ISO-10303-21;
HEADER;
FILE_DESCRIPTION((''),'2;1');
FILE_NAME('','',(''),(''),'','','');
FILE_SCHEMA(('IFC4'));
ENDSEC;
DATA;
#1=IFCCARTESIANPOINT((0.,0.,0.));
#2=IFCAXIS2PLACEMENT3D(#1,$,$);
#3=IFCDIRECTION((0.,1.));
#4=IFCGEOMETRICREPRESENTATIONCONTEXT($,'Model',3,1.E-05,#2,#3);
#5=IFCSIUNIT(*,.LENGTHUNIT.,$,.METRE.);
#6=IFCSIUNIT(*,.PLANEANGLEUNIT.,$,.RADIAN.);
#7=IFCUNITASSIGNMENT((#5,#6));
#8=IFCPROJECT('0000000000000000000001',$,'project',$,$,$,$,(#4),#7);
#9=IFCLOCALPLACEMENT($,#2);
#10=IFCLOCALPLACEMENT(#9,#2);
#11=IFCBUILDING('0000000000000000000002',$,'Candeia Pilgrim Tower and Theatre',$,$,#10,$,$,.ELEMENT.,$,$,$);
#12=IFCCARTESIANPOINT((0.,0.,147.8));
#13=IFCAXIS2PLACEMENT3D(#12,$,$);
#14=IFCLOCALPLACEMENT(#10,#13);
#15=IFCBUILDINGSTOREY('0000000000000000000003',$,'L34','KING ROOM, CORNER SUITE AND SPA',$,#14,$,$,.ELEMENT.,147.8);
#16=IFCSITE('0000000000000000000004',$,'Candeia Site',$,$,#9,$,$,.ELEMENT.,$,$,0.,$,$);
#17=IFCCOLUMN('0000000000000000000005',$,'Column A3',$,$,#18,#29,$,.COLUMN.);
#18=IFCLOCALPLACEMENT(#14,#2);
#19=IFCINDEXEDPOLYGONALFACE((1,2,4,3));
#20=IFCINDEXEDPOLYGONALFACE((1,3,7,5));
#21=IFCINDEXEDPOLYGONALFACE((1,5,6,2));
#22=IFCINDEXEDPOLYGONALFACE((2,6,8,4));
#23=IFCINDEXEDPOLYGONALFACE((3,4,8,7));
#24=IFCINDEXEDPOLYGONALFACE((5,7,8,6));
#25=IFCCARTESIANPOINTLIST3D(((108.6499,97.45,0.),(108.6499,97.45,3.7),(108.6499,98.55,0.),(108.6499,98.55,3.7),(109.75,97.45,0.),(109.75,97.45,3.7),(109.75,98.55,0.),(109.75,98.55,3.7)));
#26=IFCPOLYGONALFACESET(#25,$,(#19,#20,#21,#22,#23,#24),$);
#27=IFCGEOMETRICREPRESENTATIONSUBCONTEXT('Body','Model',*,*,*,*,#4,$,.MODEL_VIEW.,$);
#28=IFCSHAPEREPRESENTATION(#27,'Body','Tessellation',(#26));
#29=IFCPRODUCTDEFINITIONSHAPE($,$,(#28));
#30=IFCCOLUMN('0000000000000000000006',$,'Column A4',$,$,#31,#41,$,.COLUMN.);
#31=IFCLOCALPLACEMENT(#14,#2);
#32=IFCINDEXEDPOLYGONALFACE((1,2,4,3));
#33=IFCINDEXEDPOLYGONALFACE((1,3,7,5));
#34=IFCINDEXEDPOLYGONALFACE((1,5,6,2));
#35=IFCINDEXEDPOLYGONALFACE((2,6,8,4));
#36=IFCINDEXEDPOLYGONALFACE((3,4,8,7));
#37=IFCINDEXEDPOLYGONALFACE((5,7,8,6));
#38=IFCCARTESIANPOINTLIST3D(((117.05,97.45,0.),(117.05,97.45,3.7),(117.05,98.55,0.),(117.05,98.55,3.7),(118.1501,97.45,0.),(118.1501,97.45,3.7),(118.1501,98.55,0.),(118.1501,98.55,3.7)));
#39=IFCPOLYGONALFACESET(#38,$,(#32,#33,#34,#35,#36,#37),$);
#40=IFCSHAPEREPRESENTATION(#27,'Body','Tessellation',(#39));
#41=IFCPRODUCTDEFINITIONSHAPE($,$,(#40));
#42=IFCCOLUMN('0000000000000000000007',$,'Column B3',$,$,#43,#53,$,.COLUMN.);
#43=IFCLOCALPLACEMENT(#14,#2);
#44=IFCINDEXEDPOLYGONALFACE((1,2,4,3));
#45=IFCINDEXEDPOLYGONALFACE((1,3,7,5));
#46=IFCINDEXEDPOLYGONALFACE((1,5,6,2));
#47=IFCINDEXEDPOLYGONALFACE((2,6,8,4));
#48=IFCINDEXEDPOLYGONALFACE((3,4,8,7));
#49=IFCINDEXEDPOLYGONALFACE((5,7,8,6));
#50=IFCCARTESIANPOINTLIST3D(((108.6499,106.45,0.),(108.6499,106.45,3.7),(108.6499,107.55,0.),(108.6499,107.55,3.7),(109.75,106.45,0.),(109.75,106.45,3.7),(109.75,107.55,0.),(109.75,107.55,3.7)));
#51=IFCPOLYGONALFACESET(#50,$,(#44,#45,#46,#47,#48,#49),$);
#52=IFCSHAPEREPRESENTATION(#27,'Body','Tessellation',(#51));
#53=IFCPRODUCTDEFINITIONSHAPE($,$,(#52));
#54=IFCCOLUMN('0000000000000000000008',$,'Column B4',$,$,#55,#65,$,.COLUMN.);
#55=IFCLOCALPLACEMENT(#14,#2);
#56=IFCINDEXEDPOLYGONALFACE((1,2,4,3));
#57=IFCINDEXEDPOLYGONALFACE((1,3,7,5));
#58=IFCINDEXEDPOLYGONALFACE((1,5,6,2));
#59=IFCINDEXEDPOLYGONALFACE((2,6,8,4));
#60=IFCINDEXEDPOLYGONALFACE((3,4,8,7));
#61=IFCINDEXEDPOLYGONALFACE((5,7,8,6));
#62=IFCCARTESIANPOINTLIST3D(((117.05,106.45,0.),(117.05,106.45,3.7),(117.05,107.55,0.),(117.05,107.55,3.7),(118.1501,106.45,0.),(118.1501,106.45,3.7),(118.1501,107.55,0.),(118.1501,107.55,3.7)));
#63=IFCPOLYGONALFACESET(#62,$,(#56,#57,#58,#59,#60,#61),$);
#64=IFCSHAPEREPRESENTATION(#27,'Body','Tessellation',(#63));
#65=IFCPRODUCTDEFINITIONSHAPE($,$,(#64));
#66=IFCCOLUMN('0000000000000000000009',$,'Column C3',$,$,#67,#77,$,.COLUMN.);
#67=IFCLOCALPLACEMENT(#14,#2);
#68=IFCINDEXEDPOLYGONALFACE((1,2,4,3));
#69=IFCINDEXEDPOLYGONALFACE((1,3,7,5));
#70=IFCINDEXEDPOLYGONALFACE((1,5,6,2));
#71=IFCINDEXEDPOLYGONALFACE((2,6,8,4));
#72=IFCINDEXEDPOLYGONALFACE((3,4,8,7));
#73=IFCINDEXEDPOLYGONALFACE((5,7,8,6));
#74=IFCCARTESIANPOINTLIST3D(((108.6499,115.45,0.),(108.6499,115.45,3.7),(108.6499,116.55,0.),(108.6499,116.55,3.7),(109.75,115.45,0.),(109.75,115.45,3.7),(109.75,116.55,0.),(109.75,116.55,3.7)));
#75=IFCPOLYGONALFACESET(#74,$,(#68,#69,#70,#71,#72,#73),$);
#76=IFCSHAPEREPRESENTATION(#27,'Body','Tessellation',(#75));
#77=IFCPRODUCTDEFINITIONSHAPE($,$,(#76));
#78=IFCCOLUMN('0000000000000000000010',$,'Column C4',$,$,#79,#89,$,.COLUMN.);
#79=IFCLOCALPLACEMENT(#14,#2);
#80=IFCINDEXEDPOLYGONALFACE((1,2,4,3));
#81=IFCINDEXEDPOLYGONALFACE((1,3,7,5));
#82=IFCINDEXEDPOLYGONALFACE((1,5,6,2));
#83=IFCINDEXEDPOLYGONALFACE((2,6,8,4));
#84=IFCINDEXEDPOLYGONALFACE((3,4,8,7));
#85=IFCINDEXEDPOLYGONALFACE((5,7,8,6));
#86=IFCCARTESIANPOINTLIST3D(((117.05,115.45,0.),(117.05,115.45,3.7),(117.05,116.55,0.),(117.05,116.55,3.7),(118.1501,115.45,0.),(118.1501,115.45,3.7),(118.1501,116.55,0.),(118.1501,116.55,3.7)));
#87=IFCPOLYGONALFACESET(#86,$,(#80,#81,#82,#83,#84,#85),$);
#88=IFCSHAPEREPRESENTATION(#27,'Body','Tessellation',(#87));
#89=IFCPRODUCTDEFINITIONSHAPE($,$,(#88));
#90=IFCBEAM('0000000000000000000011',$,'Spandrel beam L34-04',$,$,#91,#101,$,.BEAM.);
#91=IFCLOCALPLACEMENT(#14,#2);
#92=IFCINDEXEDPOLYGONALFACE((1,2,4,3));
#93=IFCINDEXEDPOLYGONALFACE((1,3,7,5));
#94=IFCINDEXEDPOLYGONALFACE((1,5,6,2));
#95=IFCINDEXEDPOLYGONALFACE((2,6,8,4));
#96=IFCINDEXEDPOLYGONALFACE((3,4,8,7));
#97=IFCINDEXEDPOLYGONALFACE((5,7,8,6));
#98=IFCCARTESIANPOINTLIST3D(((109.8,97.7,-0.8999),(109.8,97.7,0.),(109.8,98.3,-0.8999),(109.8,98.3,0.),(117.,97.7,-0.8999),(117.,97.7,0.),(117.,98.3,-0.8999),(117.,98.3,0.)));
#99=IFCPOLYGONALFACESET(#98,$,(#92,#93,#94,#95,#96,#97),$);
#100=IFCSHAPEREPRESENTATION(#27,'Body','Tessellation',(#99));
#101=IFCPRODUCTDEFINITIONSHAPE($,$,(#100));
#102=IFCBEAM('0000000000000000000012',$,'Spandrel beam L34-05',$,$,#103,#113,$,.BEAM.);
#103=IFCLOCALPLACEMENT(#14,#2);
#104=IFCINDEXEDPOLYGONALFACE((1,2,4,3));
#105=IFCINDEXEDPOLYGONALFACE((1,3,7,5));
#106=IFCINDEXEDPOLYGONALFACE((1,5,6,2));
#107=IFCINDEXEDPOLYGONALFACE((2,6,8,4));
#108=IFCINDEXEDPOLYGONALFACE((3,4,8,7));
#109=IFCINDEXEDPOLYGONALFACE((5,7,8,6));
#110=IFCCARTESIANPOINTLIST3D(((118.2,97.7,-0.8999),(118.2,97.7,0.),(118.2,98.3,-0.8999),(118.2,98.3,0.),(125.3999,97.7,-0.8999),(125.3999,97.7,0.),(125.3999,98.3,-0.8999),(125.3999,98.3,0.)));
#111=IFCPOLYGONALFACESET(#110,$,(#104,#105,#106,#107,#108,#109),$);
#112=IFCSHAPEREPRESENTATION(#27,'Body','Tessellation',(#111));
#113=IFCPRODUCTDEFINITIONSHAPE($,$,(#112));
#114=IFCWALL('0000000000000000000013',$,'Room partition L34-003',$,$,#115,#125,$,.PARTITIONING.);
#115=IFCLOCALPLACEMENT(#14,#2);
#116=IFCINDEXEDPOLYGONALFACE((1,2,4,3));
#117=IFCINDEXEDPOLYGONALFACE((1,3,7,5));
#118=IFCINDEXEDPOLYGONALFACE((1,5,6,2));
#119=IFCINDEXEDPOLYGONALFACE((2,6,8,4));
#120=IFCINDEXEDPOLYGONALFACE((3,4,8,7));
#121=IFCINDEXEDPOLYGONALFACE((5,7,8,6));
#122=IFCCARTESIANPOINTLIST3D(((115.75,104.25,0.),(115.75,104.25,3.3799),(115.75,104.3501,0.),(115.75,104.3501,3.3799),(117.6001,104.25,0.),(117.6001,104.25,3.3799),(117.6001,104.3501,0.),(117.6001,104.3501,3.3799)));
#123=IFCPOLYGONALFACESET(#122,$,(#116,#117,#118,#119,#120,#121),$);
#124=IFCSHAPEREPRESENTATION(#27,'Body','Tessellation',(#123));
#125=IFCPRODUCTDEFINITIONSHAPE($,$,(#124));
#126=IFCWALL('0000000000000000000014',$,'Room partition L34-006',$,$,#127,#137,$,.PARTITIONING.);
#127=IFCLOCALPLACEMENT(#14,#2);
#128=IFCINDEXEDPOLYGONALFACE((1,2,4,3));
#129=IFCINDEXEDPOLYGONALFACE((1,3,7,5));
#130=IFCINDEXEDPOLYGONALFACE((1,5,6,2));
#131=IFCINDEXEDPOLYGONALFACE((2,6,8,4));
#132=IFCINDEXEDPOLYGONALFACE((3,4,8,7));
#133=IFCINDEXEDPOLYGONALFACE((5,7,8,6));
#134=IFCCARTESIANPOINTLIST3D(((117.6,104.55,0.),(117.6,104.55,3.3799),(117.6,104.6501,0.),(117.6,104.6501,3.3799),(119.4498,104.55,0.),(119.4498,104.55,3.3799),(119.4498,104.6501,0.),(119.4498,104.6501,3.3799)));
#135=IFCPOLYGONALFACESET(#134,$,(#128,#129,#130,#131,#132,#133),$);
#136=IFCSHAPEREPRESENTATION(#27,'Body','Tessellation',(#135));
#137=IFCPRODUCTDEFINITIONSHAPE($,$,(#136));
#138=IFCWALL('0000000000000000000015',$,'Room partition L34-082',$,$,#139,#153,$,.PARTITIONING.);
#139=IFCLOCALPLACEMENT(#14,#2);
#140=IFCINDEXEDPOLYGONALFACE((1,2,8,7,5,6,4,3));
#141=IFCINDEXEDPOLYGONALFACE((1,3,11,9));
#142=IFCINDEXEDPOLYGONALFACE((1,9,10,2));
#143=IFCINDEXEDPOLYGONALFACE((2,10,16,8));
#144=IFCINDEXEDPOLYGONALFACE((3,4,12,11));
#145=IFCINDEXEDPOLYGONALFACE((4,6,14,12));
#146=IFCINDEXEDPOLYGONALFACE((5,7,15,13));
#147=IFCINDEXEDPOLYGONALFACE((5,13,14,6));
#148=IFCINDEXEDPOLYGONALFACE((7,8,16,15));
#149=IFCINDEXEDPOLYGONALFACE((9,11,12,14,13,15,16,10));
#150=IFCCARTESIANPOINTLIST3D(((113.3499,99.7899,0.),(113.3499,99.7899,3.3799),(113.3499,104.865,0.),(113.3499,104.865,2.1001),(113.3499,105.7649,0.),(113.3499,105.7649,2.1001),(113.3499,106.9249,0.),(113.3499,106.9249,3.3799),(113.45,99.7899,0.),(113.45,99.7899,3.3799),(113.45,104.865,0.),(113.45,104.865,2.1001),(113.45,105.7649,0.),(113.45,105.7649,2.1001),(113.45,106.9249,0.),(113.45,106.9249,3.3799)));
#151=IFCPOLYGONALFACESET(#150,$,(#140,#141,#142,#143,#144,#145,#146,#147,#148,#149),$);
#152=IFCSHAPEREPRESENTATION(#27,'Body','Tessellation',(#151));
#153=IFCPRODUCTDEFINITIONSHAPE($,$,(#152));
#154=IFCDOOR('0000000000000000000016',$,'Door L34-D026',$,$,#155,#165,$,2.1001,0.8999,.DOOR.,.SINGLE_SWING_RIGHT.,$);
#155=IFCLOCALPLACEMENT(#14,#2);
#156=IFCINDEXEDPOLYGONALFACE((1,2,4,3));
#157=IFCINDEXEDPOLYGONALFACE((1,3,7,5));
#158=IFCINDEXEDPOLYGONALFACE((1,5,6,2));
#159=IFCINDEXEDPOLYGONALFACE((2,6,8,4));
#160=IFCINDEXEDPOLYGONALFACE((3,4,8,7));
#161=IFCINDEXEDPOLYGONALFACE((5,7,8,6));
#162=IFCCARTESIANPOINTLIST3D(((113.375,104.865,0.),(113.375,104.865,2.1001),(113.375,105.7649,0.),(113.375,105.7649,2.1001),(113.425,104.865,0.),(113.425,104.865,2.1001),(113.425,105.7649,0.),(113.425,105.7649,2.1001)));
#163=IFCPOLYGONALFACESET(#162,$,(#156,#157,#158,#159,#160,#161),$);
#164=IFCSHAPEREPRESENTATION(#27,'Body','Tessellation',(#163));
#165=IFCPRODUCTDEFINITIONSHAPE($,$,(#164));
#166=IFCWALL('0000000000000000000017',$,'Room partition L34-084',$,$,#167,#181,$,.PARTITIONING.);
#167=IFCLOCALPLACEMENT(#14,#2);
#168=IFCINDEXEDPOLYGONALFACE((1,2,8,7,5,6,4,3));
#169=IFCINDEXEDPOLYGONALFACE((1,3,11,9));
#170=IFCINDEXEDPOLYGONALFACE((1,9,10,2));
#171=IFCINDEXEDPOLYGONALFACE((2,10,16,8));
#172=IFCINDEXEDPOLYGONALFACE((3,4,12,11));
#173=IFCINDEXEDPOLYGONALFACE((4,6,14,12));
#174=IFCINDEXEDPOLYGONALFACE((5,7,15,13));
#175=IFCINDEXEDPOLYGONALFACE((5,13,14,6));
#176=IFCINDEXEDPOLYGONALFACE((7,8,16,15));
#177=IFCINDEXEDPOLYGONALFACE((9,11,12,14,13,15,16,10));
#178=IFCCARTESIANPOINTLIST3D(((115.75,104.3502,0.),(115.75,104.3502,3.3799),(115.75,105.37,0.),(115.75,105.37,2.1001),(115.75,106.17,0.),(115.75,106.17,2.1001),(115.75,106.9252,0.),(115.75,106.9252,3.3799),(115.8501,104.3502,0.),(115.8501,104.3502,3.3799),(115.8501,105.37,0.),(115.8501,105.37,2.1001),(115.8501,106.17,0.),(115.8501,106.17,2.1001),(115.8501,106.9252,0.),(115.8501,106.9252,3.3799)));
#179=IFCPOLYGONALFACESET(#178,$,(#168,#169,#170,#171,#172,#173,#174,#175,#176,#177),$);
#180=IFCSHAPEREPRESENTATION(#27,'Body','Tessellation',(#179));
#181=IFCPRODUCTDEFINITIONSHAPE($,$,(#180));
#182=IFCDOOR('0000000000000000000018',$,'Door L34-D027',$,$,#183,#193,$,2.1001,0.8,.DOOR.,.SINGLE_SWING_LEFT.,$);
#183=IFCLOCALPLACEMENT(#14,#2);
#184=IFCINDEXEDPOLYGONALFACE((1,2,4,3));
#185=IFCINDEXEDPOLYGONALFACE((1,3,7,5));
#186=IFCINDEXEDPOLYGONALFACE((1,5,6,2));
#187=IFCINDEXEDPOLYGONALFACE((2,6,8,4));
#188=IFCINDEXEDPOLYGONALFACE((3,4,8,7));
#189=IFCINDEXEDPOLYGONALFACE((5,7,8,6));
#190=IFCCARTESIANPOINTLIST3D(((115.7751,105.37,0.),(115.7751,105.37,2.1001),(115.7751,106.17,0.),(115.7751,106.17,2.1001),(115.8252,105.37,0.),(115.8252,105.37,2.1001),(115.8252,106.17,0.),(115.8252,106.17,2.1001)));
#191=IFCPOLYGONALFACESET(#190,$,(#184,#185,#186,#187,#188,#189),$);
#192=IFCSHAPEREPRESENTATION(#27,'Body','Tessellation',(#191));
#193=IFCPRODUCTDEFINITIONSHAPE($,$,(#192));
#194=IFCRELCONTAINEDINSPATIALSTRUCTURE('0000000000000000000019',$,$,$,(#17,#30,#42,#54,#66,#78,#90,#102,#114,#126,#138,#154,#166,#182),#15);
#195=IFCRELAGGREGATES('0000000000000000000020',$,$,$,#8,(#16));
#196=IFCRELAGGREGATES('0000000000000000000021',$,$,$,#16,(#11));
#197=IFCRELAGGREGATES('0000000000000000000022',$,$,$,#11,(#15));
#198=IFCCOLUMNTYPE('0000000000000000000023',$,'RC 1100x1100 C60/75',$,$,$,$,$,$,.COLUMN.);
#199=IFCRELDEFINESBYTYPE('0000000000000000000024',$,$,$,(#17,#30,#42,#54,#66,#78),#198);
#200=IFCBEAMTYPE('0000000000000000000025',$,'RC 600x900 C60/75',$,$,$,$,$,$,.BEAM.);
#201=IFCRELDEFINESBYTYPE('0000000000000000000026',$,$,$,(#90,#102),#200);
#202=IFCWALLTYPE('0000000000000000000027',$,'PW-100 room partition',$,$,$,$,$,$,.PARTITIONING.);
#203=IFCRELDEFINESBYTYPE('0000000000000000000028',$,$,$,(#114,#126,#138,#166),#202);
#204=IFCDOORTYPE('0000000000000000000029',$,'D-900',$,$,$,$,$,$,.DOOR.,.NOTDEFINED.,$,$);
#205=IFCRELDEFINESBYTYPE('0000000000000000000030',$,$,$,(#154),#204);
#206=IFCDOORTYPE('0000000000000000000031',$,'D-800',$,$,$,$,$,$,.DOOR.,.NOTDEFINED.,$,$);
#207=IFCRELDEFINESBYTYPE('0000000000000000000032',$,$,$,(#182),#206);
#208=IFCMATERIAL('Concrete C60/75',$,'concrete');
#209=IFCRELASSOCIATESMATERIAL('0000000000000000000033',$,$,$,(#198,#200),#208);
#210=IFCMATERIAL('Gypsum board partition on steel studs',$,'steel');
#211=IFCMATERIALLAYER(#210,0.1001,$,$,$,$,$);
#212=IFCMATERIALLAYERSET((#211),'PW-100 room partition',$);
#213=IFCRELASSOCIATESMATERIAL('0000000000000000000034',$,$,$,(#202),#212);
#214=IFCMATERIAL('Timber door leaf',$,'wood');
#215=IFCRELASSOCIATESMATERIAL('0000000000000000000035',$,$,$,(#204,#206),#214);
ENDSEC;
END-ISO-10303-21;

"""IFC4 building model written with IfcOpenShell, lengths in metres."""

from ifc_helpers import new_model, si_unit, direction, frame, frame_2d, origin, origin_2d, place, context, subcontext, project, spatial, rectangle, extrude, material, layer, layer_set, material_profile, profile_set, type_object, element, fill, save


model = new_model("IFC4")

# Units and contexts
model_context = context("Model", 3, precision=1e-05, world=origin(), true_north=direction((0.0, 1.0)))
body_context = subcontext(model_context, "Body", "Model", "MODEL_VIEW")
ifc_project = project(units=[si_unit("LENGTHUNIT", "METRE"), si_unit("PLANEANGLEUNIT", "RADIAN")], contexts=[model_context])

# Site, building, storey
site_placement = place(None, origin())
site = spatial("IfcSite", under=ifc_project, at=site_placement, Name="Candeia Site", CompositionType="ELEMENT", RefElevation=0.0)
building_placement = place(site_placement, origin())
building = spatial("IfcBuilding", under=site, at=building_placement, Name="Candeia Pilgrim Tower and Theatre", CompositionType="ELEMENT")
storey_placement = place(building_placement, frame((0.0, 0.0, 147.8)))
storey = spatial("IfcBuildingStorey", under=building, at=storey_placement, Name="L34", Description="KING ROOM, CORNER SUITE AND SPA", CompositionType="ELEMENT", Elevation=147.8)

# Columns
ifc_material_1 = material(Name="Concrete C60/75", Category="concrete")
ifc_material_profile_1 = material_profile(ifc_material_1, rectangle(XDim=1.1001, YDim=1.1001, at=origin_2d()))
ifc_profile_set_1 = profile_set([ifc_material_profile_1], Name="Concrete C60/75")
column_type = type_object("IfcColumnType", Name="RC 1100x1100 C60/75", PredefinedType="COLUMN", material=ifc_profile_set_1)
for number, where, z_axis, x_axis, name in (
    (1, (109.2, 98.0, 0.0), (0.0, 0.0, 1.0), (1.0, 0.0, 0.0), "Column A3"),
    (2, (117.6001, 98.0, 0.0), (0.0, 0.0, 1.0), (1.0, 0.0, 0.0), "Column A4"),
    (3, (109.2, 107.0, 0.0), (0.0, 0.0, 1.0), (1.0, 0.0, 0.0), "Column B3"),
    (4, (117.6001, 107.0, 0.0), (0.0, 0.0, 1.0), (1.0, 0.0, 0.0), "Column B4"),
    (5, (109.2, 116.0, 0.0), (0.0, 0.0, 1.0), (1.0, 0.0, 0.0), "Column C3"),
    (6, (117.6001, 116.0, 0.0), (0.0, 0.0, 1.0), (1.0, 0.0, 0.0), "Column C4"),
):
    element("IfcColumn", number, at=place(storey_placement, frame(where, z_axis=z_axis, x_axis=x_axis)), inside=storey, type_object=column_type, Name=name, PredefinedType="COLUMN", context=body_context, shape_type="SweptSolid", body=[
        extrude(rectangle(XDim=1.1001, YDim=1.1001, at=origin_2d()), origin(), (0.0, 0.0, 1.0), 3.7),
    ])

# Beams
ifc_material_profile_2 = material_profile(ifc_material_1, rectangle(XDim=0.6001, YDim=0.8999, at=origin_2d()))
ifc_profile_set_2 = profile_set([ifc_material_profile_2], Name="Concrete C60/75")
beam_type = type_object("IfcBeamType", Name="RC 600x900 C60/75", PredefinedType="BEAM", material=ifc_profile_set_2)
for number, where, z_axis, x_axis, name in (
    (7, (109.8, 98.0, -0.45), (1.0, 0.0, 0.0), (0.0, 1.0, 0.0), "Spandrel beam L34-04"),
    (8, (118.2, 98.0, -0.45), (1.0, 0.0, 0.0), (0.0, 1.0, 0.0), "Spandrel beam L34-05"),
):
    element("IfcBeam", number, at=place(storey_placement, frame(where, z_axis=z_axis, x_axis=x_axis)), inside=storey, type_object=beam_type, Name=name, PredefinedType="BEAM", context=body_context, shape_type="SweptSolid", body=[
        extrude(rectangle(XDim=0.6001, YDim=0.8999, at=origin_2d()), origin(), (0.0, 0.0, 1.0), 7.2),
    ])

# Walls
ifc_material_2 = material(Name="Gypsum board partition on steel studs", Category="steel")
ifc_layer_1 = layer(ifc_material_2, 0.1001)
ifc_layer_set_1 = layer_set([ifc_layer_1], Name="PW-100 room partition")
wall_type_1 = type_object("IfcWallType", Name="PW-100 room partition", PredefinedType="PARTITIONING", material=ifc_layer_set_1)
wall_1_placement = place(storey_placement, frame((115.75, 104.3, 0.0), z_axis=(0.0, 0.0, 1.0), x_axis=(1.0, 0.0, 0.0)))
element("IfcWall", 9, at=wall_1_placement, inside=storey, type_object=wall_type_1, Name="Room partition L34-003", PredefinedType="PARTITIONING", context=body_context, shape_type="SweptSolid", body=[
    extrude(rectangle(XDim=1.8501, YDim=0.1001, at=frame_2d((0.925, 0.0))), origin(), (0.0, 0.0, 1.0), 3.3799),
])
wall_2_placement = place(storey_placement, frame((117.6001, 104.6001, 0.0), z_axis=(0.0, 0.0, 1.0), x_axis=(1.0, 0.0, 0.0)))
element("IfcWall", 10, at=wall_2_placement, inside=storey, type_object=wall_type_1, Name="Room partition L34-006", PredefinedType="PARTITIONING", context=body_context, shape_type="SweptSolid", body=[
    extrude(rectangle(XDim=1.8499, YDim=0.1001, at=frame_2d((0.9248, 0.0))), origin(), (0.0, 0.0, 1.0), 3.3799),
])

# Walls, openings, doors
wall_3_placement = place(storey_placement, frame((113.3999, 99.79, 0.0), z_axis=(0.0, 0.0, 1.0), x_axis=(0.0, 1.0, 0.0)))
wall_3 = element("IfcWall", 11, at=wall_3_placement, inside=storey, type_object=wall_type_1, Name="Room partition L34-082", PredefinedType="PARTITIONING", context=body_context, shape_type="SweptSolid", body=[
    extrude(rectangle(XDim=7.135, YDim=0.1001, at=frame_2d((3.5674, 0.0))), origin(), (0.0, 0.0, 1.0), 3.3799),
])
opening_1_placement = place(wall_3_placement, frame((5.075, 0.0, 0.0)))
opening_1 = element("IfcOpeningElement", 12, at=opening_1_placement, cuts=wall_3, PredefinedType="OPENING", context=body_context, shape_type="SweptSolid", body=[
    extrude(rectangle(XDim=0.8999, YDim=2.1001, at=frame_2d((0.45, 1.05))), frame((0.0, 0.0601, 0.0), z_axis=(0.0, -1.0, 0.0), x_axis=(1.0, 0.0, 0.0)), (0.0, 0.0, 1.0), 0.1201),
])
ifc_material_3 = material(Name="Timber door leaf", Category="wood")
door_type_1 = type_object("IfcDoorType", Name="D-900", OperationType="NOTDEFINED", PredefinedType="DOOR", material=ifc_material_3)
door_1_placement = place(opening_1_placement, origin())
door_1 = element("IfcDoor", 13, at=door_1_placement, inside=storey, type_object=door_type_1, Name="Door L34-D026", OperationType="SINGLE_SWING_RIGHT", OverallHeight=2.1001, OverallWidth=0.8999, PredefinedType="DOOR", context=body_context, shape_type="SweptSolid", body=[
    extrude(rectangle(XDim=0.8999, YDim=2.1001, at=frame_2d((0.45, 1.05))), frame((0.0, 0.0249, 0.0), z_axis=(0.0, -1.0, 0.0), x_axis=(1.0, 0.0, 0.0)), (0.0, 0.0, 1.0), 0.05),
])
fill(opening_1, door_1)
wall_4_placement = place(storey_placement, frame((115.8, 104.3501, 0.0), z_axis=(0.0, 0.0, 1.0), x_axis=(0.0, 1.0, 0.0)))
wall_4 = element("IfcWall", 14, at=wall_4_placement, inside=storey, type_object=wall_type_1, Name="Room partition L34-084", PredefinedType="PARTITIONING", context=body_context, shape_type="SweptSolid", body=[
    extrude(rectangle(XDim=2.575, YDim=0.1001, at=frame_2d((1.2876, 0.0))), origin(), (0.0, 0.0, 1.0), 3.3799),
])
opening_2_placement = place(wall_4_placement, frame((1.02, 0.0, 0.0)))
opening_2 = element("IfcOpeningElement", 15, at=opening_2_placement, cuts=wall_4, PredefinedType="OPENING", context=body_context, shape_type="SweptSolid", body=[
    extrude(rectangle(XDim=0.8, YDim=2.1001, at=frame_2d((0.3999, 1.05))), frame((0.0, 0.0601, 0.0), z_axis=(0.0, -1.0, 0.0), x_axis=(1.0, 0.0, 0.0)), (0.0, 0.0, 1.0), 0.1201),
])
door_type_2 = type_object("IfcDoorType", Name="D-800", OperationType="NOTDEFINED", PredefinedType="DOOR", material=ifc_material_3)
door_2_placement = place(opening_2_placement, origin())
door_2 = element("IfcDoor", 16, at=door_2_placement, inside=storey, type_object=door_type_2, Name="Door L34-D027", OperationType="SINGLE_SWING_LEFT", OverallHeight=2.1001, OverallWidth=0.8, PredefinedType="DOOR", context=body_context, shape_type="SweptSolid", body=[
    extrude(rectangle(XDim=0.8, YDim=2.1001, at=frame_2d((0.3999, 1.05))), frame((0.0, 0.0249, 0.0), z_axis=(0.0, -1.0, 0.0), x_axis=(1.0, 0.0, 0.0)), (0.0, 0.0, 1.0), 0.05),
])
fill(opening_2, door_2)

save(model, "model.ifc")
